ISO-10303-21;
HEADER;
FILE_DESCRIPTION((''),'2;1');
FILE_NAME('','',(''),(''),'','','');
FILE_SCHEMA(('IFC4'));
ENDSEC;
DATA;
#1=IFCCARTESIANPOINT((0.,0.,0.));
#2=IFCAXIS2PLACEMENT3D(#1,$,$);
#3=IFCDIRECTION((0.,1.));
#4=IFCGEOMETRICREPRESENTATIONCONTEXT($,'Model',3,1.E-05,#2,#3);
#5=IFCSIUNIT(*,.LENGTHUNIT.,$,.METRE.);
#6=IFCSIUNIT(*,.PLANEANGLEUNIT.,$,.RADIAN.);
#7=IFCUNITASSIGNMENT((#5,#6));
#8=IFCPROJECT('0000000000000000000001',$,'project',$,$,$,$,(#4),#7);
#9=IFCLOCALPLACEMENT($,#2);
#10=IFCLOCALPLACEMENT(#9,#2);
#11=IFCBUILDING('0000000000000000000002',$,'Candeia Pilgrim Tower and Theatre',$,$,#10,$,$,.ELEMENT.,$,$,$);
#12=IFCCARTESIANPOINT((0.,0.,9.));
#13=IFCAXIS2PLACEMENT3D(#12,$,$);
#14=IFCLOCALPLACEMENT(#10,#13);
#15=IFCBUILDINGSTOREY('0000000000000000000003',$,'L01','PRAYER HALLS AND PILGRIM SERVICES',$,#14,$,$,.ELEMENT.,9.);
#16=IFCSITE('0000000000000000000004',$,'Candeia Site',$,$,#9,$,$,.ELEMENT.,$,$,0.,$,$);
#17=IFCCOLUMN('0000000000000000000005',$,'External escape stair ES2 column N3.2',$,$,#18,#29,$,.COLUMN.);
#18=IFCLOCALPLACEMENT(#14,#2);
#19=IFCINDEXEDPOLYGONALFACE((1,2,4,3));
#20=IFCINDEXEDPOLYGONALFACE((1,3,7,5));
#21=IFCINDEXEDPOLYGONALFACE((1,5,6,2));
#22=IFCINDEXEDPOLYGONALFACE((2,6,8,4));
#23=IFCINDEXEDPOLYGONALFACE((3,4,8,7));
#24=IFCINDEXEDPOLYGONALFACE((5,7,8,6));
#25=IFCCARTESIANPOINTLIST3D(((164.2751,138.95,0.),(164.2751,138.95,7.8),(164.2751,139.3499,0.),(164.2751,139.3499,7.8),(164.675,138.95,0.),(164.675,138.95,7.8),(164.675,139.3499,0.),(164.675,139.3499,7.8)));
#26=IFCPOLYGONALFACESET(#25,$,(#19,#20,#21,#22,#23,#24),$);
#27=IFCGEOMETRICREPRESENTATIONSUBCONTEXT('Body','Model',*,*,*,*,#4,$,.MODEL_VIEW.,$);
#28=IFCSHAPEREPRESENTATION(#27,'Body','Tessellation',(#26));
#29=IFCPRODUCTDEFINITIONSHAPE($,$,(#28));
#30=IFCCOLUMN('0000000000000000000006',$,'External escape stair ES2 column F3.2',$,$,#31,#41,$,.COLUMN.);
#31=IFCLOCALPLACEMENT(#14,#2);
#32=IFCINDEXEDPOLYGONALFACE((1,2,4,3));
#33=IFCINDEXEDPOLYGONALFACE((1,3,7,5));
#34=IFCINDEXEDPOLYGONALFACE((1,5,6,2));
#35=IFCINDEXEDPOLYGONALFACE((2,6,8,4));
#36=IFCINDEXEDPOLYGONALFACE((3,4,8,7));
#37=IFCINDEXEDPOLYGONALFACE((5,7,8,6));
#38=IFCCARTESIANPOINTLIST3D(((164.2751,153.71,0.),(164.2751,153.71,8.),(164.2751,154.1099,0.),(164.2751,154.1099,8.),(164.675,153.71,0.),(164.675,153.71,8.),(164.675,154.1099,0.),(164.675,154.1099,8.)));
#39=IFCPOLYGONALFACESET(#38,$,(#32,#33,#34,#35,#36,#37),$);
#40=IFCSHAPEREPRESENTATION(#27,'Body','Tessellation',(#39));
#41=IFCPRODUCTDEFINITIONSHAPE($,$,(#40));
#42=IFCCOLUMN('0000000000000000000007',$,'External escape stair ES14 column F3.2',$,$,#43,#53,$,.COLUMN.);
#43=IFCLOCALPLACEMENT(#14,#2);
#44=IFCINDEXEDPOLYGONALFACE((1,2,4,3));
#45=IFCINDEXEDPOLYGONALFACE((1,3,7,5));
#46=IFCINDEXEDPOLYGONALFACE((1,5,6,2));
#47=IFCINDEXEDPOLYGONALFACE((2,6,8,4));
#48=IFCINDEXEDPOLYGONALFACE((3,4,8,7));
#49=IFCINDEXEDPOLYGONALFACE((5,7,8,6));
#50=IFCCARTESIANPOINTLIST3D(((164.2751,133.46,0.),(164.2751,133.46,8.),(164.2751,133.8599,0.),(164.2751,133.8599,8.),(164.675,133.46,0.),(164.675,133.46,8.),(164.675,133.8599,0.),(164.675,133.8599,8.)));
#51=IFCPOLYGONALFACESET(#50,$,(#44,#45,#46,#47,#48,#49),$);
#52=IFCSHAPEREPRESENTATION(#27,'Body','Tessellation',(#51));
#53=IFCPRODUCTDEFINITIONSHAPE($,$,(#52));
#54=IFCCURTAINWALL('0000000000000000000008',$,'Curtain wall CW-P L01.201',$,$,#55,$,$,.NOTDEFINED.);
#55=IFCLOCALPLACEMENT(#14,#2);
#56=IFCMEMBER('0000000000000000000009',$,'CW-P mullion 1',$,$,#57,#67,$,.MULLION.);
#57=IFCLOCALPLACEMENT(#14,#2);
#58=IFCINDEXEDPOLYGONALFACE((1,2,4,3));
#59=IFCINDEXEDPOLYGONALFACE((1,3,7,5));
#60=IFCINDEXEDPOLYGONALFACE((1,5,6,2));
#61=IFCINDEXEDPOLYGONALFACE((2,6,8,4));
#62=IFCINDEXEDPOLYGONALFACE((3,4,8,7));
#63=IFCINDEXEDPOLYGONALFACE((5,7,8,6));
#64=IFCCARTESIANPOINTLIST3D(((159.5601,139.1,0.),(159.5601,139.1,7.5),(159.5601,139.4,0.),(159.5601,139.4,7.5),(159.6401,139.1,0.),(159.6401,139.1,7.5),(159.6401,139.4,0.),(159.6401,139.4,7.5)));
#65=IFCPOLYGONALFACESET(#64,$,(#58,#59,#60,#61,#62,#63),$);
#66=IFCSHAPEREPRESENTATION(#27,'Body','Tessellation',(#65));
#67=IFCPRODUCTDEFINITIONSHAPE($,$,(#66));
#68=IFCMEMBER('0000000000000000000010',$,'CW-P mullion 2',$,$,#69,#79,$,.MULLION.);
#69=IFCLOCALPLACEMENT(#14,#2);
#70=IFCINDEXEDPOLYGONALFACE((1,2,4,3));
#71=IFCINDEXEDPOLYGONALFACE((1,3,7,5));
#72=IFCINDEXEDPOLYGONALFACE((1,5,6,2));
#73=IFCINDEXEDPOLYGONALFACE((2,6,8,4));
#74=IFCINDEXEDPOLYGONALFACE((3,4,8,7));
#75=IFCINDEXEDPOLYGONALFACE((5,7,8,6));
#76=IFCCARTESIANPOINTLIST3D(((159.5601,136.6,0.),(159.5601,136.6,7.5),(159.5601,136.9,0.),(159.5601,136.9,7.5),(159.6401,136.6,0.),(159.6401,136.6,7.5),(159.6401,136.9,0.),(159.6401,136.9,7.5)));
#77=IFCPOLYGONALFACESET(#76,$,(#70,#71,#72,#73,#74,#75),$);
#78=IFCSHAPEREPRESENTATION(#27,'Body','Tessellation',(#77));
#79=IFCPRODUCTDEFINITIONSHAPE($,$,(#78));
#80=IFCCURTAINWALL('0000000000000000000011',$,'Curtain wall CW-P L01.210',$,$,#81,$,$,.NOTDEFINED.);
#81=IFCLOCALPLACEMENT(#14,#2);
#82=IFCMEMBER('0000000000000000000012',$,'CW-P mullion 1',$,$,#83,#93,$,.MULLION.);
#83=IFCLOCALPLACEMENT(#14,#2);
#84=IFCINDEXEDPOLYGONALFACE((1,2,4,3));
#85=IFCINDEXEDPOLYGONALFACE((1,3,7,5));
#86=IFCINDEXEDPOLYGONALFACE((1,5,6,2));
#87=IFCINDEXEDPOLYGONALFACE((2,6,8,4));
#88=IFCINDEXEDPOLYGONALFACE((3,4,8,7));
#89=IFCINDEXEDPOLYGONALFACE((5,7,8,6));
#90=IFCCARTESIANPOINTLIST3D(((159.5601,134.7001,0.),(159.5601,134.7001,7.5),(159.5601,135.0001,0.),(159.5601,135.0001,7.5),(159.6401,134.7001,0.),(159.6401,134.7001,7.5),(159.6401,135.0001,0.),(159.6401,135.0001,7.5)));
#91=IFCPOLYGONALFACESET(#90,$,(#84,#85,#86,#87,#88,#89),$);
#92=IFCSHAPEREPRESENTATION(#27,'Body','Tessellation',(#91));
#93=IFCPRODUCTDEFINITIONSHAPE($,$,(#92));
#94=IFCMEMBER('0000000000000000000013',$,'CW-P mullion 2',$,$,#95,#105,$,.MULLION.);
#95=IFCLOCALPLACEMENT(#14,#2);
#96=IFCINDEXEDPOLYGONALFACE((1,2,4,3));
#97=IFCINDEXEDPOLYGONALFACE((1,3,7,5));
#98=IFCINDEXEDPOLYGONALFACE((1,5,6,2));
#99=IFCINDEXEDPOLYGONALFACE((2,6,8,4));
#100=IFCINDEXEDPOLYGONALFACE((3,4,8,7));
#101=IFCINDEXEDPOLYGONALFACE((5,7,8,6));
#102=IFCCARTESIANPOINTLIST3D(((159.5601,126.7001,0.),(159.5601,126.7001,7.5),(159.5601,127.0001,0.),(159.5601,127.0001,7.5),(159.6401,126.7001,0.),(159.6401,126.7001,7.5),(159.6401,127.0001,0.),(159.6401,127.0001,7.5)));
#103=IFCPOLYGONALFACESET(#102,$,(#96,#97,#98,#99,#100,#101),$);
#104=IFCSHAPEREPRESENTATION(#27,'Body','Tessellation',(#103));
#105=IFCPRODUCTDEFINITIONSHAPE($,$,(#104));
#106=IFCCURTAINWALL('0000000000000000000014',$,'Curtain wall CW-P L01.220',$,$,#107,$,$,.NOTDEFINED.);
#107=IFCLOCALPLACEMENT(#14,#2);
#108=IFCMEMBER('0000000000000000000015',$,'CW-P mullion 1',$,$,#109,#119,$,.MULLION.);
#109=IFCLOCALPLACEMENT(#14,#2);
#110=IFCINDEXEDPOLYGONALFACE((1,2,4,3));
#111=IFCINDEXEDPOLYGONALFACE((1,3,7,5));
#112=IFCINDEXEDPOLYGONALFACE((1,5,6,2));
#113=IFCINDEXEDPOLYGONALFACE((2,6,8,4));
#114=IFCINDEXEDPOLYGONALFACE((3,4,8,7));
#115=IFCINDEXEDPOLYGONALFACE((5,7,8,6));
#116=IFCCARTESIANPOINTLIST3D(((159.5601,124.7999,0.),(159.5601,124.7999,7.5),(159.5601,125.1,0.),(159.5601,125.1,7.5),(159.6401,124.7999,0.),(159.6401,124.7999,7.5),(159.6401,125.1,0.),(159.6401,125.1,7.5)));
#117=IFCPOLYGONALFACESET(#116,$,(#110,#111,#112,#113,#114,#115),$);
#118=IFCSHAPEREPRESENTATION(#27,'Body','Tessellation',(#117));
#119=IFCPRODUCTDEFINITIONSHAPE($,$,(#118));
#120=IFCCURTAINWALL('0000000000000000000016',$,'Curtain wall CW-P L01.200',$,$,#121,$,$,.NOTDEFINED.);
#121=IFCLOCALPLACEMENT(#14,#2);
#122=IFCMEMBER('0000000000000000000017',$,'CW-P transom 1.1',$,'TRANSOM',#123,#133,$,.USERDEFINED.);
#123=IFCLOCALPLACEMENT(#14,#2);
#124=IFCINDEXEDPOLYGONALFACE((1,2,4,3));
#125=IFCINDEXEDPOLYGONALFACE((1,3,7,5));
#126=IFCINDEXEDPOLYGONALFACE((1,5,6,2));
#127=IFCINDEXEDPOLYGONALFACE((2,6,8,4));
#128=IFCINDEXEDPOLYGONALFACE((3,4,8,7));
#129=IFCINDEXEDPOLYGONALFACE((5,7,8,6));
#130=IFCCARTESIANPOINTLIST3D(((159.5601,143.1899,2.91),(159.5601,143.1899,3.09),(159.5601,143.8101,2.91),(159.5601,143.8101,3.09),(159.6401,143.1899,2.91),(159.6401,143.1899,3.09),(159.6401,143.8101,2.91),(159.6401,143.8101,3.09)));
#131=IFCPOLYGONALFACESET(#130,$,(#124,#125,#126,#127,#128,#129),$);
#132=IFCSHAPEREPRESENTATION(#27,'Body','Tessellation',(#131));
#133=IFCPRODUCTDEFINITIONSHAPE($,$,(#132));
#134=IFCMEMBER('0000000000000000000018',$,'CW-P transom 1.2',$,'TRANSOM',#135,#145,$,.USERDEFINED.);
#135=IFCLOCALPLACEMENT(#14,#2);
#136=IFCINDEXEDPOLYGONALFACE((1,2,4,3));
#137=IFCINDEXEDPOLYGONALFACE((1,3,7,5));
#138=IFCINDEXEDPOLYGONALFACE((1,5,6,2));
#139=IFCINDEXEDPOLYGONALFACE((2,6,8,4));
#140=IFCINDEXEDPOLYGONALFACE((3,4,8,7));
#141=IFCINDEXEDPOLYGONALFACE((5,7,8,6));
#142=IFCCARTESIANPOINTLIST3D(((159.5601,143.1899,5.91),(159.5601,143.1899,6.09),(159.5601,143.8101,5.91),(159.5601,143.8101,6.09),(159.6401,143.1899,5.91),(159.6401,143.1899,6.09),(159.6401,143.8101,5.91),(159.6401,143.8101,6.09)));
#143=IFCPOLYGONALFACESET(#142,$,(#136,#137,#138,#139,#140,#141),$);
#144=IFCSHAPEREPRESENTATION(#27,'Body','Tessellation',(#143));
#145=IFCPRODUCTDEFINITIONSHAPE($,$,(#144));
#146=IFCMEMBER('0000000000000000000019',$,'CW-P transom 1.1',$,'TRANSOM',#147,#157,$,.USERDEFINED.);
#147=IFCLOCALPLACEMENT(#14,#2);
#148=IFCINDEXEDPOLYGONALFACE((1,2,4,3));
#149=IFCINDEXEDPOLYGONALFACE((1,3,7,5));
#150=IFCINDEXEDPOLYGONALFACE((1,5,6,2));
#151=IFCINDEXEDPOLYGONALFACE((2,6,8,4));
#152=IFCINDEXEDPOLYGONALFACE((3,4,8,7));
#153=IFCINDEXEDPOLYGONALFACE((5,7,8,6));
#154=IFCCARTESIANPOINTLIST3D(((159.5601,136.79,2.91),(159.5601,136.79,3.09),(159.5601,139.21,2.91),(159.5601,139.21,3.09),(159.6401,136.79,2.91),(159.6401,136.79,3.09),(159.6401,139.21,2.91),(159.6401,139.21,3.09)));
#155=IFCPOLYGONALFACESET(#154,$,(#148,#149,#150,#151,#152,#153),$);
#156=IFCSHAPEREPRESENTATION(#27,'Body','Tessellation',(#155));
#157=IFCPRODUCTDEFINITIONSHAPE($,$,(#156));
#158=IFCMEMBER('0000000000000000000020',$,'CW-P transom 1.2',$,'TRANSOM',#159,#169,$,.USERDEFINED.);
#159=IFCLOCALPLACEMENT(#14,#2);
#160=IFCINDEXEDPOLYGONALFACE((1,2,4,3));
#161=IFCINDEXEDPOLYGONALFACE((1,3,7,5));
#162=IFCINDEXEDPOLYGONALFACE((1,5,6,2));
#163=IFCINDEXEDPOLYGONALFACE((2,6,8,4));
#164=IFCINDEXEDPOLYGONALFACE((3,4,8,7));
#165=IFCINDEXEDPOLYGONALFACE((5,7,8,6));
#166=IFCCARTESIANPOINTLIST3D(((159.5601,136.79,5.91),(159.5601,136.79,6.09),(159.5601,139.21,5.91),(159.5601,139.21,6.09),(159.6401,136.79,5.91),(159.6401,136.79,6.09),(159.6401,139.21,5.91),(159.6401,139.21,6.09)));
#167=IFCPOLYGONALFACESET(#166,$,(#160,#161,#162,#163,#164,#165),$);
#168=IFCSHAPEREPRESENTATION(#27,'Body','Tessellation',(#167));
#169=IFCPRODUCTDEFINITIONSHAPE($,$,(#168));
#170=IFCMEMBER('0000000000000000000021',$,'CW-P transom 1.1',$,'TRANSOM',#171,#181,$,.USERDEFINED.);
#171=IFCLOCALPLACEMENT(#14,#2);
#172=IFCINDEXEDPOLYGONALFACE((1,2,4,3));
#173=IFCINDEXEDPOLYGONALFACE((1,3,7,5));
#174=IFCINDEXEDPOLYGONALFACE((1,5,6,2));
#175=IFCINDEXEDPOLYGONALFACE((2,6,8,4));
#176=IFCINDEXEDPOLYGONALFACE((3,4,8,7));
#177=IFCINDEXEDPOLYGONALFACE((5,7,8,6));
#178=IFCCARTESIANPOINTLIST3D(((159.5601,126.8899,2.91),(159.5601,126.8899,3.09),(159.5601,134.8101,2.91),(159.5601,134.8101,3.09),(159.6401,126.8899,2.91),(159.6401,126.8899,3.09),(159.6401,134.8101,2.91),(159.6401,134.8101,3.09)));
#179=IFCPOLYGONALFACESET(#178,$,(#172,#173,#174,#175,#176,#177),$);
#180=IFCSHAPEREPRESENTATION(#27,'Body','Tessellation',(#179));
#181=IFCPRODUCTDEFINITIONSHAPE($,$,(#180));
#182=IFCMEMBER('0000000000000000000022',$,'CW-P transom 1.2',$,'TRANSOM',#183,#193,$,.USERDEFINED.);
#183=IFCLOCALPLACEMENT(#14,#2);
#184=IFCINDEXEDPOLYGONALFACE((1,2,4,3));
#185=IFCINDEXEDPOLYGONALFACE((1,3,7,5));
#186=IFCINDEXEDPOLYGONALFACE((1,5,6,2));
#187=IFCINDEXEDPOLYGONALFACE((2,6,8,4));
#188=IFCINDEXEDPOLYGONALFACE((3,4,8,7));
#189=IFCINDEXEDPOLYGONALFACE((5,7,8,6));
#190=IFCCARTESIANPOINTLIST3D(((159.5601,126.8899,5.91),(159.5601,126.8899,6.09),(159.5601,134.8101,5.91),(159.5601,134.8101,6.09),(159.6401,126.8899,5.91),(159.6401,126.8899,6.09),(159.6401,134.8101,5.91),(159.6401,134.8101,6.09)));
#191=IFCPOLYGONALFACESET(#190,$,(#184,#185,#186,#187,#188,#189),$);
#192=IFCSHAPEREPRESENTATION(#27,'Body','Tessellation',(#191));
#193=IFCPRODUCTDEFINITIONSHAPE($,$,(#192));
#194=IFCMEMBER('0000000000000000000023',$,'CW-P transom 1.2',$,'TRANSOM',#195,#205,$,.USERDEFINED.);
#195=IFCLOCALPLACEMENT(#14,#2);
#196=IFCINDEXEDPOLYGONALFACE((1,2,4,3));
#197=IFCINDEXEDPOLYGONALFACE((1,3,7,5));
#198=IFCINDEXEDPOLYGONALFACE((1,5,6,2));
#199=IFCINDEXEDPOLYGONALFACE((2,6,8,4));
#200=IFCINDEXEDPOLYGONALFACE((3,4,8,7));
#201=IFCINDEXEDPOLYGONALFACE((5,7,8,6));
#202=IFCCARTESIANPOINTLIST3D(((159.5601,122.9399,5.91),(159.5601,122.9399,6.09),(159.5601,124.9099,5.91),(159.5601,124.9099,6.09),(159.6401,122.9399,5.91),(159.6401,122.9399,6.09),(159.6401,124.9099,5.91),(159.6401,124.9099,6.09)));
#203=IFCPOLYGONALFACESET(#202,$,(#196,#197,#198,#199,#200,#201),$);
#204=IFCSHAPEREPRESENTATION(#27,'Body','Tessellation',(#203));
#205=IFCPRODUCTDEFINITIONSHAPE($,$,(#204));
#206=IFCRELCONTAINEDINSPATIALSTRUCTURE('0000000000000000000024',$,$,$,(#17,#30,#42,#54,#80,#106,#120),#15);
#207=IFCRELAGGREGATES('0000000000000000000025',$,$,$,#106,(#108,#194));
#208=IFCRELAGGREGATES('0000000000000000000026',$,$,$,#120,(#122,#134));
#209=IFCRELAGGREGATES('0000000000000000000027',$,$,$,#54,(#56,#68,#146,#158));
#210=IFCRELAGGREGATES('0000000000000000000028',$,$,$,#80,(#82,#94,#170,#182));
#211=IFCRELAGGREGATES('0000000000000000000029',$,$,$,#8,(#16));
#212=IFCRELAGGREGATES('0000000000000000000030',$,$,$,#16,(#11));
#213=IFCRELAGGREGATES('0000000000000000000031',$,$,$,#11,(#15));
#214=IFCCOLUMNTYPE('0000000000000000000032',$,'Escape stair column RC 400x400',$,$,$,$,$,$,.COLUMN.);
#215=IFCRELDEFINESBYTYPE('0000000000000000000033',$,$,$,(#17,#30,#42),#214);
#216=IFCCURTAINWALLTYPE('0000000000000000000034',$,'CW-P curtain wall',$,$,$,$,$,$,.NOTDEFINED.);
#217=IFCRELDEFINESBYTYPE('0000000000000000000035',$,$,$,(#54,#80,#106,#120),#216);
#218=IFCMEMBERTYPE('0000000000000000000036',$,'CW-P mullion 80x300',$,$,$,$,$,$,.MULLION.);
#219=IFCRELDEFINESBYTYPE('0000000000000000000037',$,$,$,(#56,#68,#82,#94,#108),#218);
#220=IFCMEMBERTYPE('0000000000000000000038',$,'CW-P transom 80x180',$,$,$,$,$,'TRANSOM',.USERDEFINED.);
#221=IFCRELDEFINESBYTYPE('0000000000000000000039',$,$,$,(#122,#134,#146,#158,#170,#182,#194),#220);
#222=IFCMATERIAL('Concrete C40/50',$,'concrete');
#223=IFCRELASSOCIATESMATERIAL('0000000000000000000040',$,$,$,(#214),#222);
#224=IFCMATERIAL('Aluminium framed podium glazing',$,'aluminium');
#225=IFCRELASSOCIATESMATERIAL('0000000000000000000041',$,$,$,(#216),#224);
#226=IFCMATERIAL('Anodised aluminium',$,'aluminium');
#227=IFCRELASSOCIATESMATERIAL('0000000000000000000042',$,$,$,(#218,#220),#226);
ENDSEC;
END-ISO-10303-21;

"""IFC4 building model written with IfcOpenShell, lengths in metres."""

from ifc_helpers import new_model, si_unit, direction, frame, origin, origin_2d, place, context, subcontext, project, spatial, rectangle, extrude, material, material_profile, profile_set, type_object, element, aggregate, save


model = new_model("IFC4")

# Units and contexts
model_context = context("Model", 3, precision=1e-05, world=origin(), true_north=direction((0.0, 1.0)))
body_context = subcontext(model_context, "Body", "Model", "MODEL_VIEW")
ifc_project = project(units=[si_unit("LENGTHUNIT", "METRE"), si_unit("PLANEANGLEUNIT", "RADIAN")], contexts=[model_context])

# Site, building, storey
site_placement = place(None, origin())
site = spatial("IfcSite", under=ifc_project, at=site_placement, Name="Candeia Site", CompositionType="ELEMENT", RefElevation=0.0)
building_placement = place(site_placement, origin())
building = spatial("IfcBuilding", under=site, at=building_placement, Name="Candeia Pilgrim Tower and Theatre", CompositionType="ELEMENT")
storey_placement = place(building_placement, frame((0.0, 0.0, 9.0)))
storey = spatial("IfcBuildingStorey", under=building, at=storey_placement, Name="L01", Description="PRAYER HALLS AND PILGRIM SERVICES", CompositionType="ELEMENT", Elevation=9.0)

# Columns
ifc_material_1 = material(Name="Concrete C40/50", Category="concrete")
ifc_material_profile_1 = material_profile(ifc_material_1, rectangle(XDim=0.3999, YDim=0.3999, at=origin_2d()))
ifc_profile_set_1 = profile_set([ifc_material_profile_1], Name="Concrete C40/50")
column_type = type_object("IfcColumnType", Name="Escape stair column RC 400x400", PredefinedType="COLUMN", material=ifc_profile_set_1)
column_placement = place(storey_placement, frame((164.4751, 139.1499, 0.0), z_axis=(0.0, 0.0, 1.0), x_axis=(1.0, 0.0, 0.0)))
element("IfcColumn", 1, at=column_placement, inside=storey, type_object=column_type, Name="External escape stair ES2 column N3.2", PredefinedType="COLUMN", context=body_context, shape_type="SweptSolid", body=[
    extrude(rectangle(XDim=0.3999, YDim=0.3999, at=origin_2d()), origin(), (0.0, 0.0, 1.0), 7.8),
])
for number, where, z_axis, x_axis, name in (
    (2, (164.4751, 153.9099, 0.0), (0.0, 0.0, 1.0), (1.0, 0.0, 0.0), "External escape stair ES2 column F3.2"),
    (3, (164.4751, 133.6599, 0.0), (0.0, 0.0, 1.0), (1.0, 0.0, 0.0), "External escape stair ES14 column F3.2"),
):
    element("IfcColumn", number, at=place(storey_placement, frame(where, z_axis=z_axis, x_axis=x_axis)), inside=storey, type_object=column_type, Name=name, PredefinedType="COLUMN", context=body_context, shape_type="SweptSolid", body=[
        extrude(rectangle(XDim=0.3999, YDim=0.3999, at=origin_2d()), origin(), (0.0, 0.0, 1.0), 8.0),
    ])

# Curtain walls, members
ifc_material_2 = material(Name="Aluminium framed podium glazing", Category="aluminium")
curtain_wall_type = type_object("IfcCurtainWallType", Name="CW-P curtain wall", PredefinedType="NOTDEFINED", material=ifc_material_2)
curtain_wall_1_placement = place(storey_placement, origin())
curtain_wall_1 = element("IfcCurtainWall", 4, at=curtain_wall_1_placement, inside=storey, type_object=curtain_wall_type, Name="Curtain wall CW-P L01.201", PredefinedType="NOTDEFINED")
ifc_material_3 = material(Name="Anodised aluminium", Category="aluminium")
ifc_material_profile_2 = material_profile(ifc_material_3, rectangle(XDim=0.0801, YDim=0.3, at=origin_2d()))
ifc_profile_set_2 = profile_set([ifc_material_profile_2], Name="Anodised aluminium")
member_type_1 = type_object("IfcMemberType", Name="CW-P mullion 80x300", PredefinedType="MULLION", material=ifc_profile_set_2)
member_1_placement = place(storey_placement, frame((159.6001, 139.25, 0.0), z_axis=(0.0, 0.0, 1.0), x_axis=(1.0, 0.0, 0.0)))
member_1 = element("IfcMember", 5, at=member_1_placement, type_object=member_type_1, Name="CW-P mullion 1", PredefinedType="MULLION", context=body_context, shape_type="SweptSolid", body=[
    extrude(rectangle(XDim=0.0801, YDim=0.3, at=origin_2d()), origin(), (0.0, 0.0, 1.0), 7.5),
])
member_2_placement = place(storey_placement, frame((159.6001, 136.75, 0.0), z_axis=(0.0, 0.0, 1.0), x_axis=(1.0, 0.0, 0.0)))
member_2 = element("IfcMember", 6, at=member_2_placement, type_object=member_type_1, Name="CW-P mullion 2", PredefinedType="MULLION", context=body_context, shape_type="SweptSolid", body=[
    extrude(rectangle(XDim=0.0801, YDim=0.3, at=origin_2d()), origin(), (0.0, 0.0, 1.0), 7.5),
])
curtain_wall_2_placement = place(storey_placement, origin())
curtain_wall_2 = element("IfcCurtainWall", 7, at=curtain_wall_2_placement, inside=storey, type_object=curtain_wall_type, Name="Curtain wall CW-P L01.210", PredefinedType="NOTDEFINED")
member_3_placement = place(storey_placement, frame((159.6001, 134.8501, 0.0), z_axis=(0.0, 0.0, 1.0), x_axis=(1.0, 0.0, 0.0)))
member_3 = element("IfcMember", 8, at=member_3_placement, type_object=member_type_1, Name="CW-P mullion 1", PredefinedType="MULLION", context=body_context, shape_type="SweptSolid", body=[
    extrude(rectangle(XDim=0.0801, YDim=0.3, at=origin_2d()), origin(), (0.0, 0.0, 1.0), 7.5),
])
member_4_placement = place(storey_placement, frame((159.6001, 126.8501, 0.0), z_axis=(0.0, 0.0, 1.0), x_axis=(1.0, 0.0, 0.0)))
member_4 = element("IfcMember", 9, at=member_4_placement, type_object=member_type_1, Name="CW-P mullion 2", PredefinedType="MULLION", context=body_context, shape_type="SweptSolid", body=[
    extrude(rectangle(XDim=0.0801, YDim=0.3, at=origin_2d()), origin(), (0.0, 0.0, 1.0), 7.5),
])

# Curtain wall, member
curtain_wall_3_placement = place(storey_placement, origin())
curtain_wall_3 = element("IfcCurtainWall", 10, at=curtain_wall_3_placement, inside=storey, type_object=curtain_wall_type, Name="Curtain wall CW-P L01.220", PredefinedType="NOTDEFINED")
member_5_placement = place(storey_placement, frame((159.6001, 124.95, 0.0), z_axis=(0.0, 0.0, 1.0), x_axis=(1.0, 0.0, 0.0)))
member_5 = element("IfcMember", 11, at=member_5_placement, type_object=member_type_1, Name="CW-P mullion 1", PredefinedType="MULLION", context=body_context, shape_type="SweptSolid", body=[
    extrude(rectangle(XDim=0.0801, YDim=0.3, at=origin_2d()), origin(), (0.0, 0.0, 1.0), 7.5),
])

# Curtain wall, members
curtain_wall_4_placement = place(storey_placement, origin())
curtain_wall_4 = element("IfcCurtainWall", 12, at=curtain_wall_4_placement, inside=storey, type_object=curtain_wall_type, Name="Curtain wall CW-P L01.200", PredefinedType="NOTDEFINED")
ifc_material_profile_3 = material_profile(ifc_material_3, rectangle(XDim=0.0801, YDim=0.1799, at=origin_2d()))
ifc_profile_set_3 = profile_set([ifc_material_profile_3], Name="Anodised aluminium")
member_type_2 = type_object("IfcMemberType", Name="CW-P transom 80x180", ElementType="TRANSOM", PredefinedType="USERDEFINED", material=ifc_profile_set_3)
member_6_placement = place(storey_placement, frame((159.6001, 143.8101, 3.0), z_axis=(0.0, -1.0, 0.0), x_axis=(1.0, 0.0, 0.0)))
member_6 = element("IfcMember", 13, at=member_6_placement, type_object=member_type_2, Name="CW-P transom 1.1", ObjectType="TRANSOM", PredefinedType="USERDEFINED", context=body_context, shape_type="SweptSolid", body=[
    extrude(rectangle(XDim=0.0801, YDim=0.1799, at=origin_2d()), origin(), (0.0, 0.0, 1.0), 0.6201),
])
member_7_placement = place(storey_placement, frame((159.6001, 143.8101, 6.0), z_axis=(0.0, -1.0, 0.0), x_axis=(1.0, 0.0, 0.0)))
member_7 = element("IfcMember", 14, at=member_7_placement, type_object=member_type_2, Name="CW-P transom 1.2", ObjectType="TRANSOM", PredefinedType="USERDEFINED", context=body_context, shape_type="SweptSolid", body=[
    extrude(rectangle(XDim=0.0801, YDim=0.1799, at=origin_2d()), origin(), (0.0, 0.0, 1.0), 0.6201),
])

# Members
member_8_placement = place(storey_placement, frame((159.6001, 139.21, 3.0), z_axis=(0.0, -1.0, 0.0), x_axis=(1.0, 0.0, 0.0)))
member_8 = element("IfcMember", 15, at=member_8_placement, type_object=member_type_2, Name="CW-P transom 1.1", ObjectType="TRANSOM", PredefinedType="USERDEFINED", context=body_context, shape_type="SweptSolid", body=[
    extrude(rectangle(XDim=0.0801, YDim=0.1799, at=origin_2d()), origin(), (0.0, 0.0, 1.0), 2.4199),
])
member_9_placement = place(storey_placement, frame((159.6001, 139.21, 6.0), z_axis=(0.0, -1.0, 0.0), x_axis=(1.0, 0.0, 0.0)))
member_9 = element("IfcMember", 16, at=member_9_placement, type_object=member_type_2, Name="CW-P transom 1.2", ObjectType="TRANSOM", PredefinedType="USERDEFINED", context=body_context, shape_type="SweptSolid", body=[
    extrude(rectangle(XDim=0.0801, YDim=0.1799, at=origin_2d()), origin(), (0.0, 0.0, 1.0), 2.4199),
])
member_10_placement = place(storey_placement, frame((159.6001, 134.8101, 3.0), z_axis=(0.0, -1.0, 0.0), x_axis=(1.0, 0.0, 0.0)))
member_10 = element("IfcMember", 17, at=member_10_placement, type_object=member_type_2, Name="CW-P transom 1.1", ObjectType="TRANSOM", PredefinedType="USERDEFINED", context=body_context, shape_type="SweptSolid", body=[
    extrude(rectangle(XDim=0.0801, YDim=0.1799, at=origin_2d()), origin(), (0.0, 0.0, 1.0), 7.9202),
])
member_11_placement = place(storey_placement, frame((159.6001, 134.8101, 6.0), z_axis=(0.0, -1.0, 0.0), x_axis=(1.0, 0.0, 0.0)))
member_11 = element("IfcMember", 18, at=member_11_placement, type_object=member_type_2, Name="CW-P transom 1.2", ObjectType="TRANSOM", PredefinedType="USERDEFINED", context=body_context, shape_type="SweptSolid", body=[
    extrude(rectangle(XDim=0.0801, YDim=0.1799, at=origin_2d()), origin(), (0.0, 0.0, 1.0), 7.9202),
])
member_12_placement = place(storey_placement, frame((159.6001, 124.9099, 6.0), z_axis=(0.0, -1.0, 0.0), x_axis=(1.0, 0.0, 0.0)))
member_12 = element("IfcMember", 19, at=member_12_placement, type_object=member_type_2, Name="CW-P transom 1.2", ObjectType="TRANSOM", PredefinedType="USERDEFINED", context=body_context, shape_type="SweptSolid", body=[
    extrude(rectangle(XDim=0.0801, YDim=0.1799, at=origin_2d()), origin(), (0.0, 0.0, 1.0), 1.97),
])
aggregate(curtain_wall_3, [member_5, member_12])

aggregate(curtain_wall_4, [member_6, member_7])
aggregate(curtain_wall_1, [member_1, member_2, member_8, member_9])
aggregate(curtain_wall_2, [member_3, member_4, member_10, member_11])

save(model, "model.ifc")
